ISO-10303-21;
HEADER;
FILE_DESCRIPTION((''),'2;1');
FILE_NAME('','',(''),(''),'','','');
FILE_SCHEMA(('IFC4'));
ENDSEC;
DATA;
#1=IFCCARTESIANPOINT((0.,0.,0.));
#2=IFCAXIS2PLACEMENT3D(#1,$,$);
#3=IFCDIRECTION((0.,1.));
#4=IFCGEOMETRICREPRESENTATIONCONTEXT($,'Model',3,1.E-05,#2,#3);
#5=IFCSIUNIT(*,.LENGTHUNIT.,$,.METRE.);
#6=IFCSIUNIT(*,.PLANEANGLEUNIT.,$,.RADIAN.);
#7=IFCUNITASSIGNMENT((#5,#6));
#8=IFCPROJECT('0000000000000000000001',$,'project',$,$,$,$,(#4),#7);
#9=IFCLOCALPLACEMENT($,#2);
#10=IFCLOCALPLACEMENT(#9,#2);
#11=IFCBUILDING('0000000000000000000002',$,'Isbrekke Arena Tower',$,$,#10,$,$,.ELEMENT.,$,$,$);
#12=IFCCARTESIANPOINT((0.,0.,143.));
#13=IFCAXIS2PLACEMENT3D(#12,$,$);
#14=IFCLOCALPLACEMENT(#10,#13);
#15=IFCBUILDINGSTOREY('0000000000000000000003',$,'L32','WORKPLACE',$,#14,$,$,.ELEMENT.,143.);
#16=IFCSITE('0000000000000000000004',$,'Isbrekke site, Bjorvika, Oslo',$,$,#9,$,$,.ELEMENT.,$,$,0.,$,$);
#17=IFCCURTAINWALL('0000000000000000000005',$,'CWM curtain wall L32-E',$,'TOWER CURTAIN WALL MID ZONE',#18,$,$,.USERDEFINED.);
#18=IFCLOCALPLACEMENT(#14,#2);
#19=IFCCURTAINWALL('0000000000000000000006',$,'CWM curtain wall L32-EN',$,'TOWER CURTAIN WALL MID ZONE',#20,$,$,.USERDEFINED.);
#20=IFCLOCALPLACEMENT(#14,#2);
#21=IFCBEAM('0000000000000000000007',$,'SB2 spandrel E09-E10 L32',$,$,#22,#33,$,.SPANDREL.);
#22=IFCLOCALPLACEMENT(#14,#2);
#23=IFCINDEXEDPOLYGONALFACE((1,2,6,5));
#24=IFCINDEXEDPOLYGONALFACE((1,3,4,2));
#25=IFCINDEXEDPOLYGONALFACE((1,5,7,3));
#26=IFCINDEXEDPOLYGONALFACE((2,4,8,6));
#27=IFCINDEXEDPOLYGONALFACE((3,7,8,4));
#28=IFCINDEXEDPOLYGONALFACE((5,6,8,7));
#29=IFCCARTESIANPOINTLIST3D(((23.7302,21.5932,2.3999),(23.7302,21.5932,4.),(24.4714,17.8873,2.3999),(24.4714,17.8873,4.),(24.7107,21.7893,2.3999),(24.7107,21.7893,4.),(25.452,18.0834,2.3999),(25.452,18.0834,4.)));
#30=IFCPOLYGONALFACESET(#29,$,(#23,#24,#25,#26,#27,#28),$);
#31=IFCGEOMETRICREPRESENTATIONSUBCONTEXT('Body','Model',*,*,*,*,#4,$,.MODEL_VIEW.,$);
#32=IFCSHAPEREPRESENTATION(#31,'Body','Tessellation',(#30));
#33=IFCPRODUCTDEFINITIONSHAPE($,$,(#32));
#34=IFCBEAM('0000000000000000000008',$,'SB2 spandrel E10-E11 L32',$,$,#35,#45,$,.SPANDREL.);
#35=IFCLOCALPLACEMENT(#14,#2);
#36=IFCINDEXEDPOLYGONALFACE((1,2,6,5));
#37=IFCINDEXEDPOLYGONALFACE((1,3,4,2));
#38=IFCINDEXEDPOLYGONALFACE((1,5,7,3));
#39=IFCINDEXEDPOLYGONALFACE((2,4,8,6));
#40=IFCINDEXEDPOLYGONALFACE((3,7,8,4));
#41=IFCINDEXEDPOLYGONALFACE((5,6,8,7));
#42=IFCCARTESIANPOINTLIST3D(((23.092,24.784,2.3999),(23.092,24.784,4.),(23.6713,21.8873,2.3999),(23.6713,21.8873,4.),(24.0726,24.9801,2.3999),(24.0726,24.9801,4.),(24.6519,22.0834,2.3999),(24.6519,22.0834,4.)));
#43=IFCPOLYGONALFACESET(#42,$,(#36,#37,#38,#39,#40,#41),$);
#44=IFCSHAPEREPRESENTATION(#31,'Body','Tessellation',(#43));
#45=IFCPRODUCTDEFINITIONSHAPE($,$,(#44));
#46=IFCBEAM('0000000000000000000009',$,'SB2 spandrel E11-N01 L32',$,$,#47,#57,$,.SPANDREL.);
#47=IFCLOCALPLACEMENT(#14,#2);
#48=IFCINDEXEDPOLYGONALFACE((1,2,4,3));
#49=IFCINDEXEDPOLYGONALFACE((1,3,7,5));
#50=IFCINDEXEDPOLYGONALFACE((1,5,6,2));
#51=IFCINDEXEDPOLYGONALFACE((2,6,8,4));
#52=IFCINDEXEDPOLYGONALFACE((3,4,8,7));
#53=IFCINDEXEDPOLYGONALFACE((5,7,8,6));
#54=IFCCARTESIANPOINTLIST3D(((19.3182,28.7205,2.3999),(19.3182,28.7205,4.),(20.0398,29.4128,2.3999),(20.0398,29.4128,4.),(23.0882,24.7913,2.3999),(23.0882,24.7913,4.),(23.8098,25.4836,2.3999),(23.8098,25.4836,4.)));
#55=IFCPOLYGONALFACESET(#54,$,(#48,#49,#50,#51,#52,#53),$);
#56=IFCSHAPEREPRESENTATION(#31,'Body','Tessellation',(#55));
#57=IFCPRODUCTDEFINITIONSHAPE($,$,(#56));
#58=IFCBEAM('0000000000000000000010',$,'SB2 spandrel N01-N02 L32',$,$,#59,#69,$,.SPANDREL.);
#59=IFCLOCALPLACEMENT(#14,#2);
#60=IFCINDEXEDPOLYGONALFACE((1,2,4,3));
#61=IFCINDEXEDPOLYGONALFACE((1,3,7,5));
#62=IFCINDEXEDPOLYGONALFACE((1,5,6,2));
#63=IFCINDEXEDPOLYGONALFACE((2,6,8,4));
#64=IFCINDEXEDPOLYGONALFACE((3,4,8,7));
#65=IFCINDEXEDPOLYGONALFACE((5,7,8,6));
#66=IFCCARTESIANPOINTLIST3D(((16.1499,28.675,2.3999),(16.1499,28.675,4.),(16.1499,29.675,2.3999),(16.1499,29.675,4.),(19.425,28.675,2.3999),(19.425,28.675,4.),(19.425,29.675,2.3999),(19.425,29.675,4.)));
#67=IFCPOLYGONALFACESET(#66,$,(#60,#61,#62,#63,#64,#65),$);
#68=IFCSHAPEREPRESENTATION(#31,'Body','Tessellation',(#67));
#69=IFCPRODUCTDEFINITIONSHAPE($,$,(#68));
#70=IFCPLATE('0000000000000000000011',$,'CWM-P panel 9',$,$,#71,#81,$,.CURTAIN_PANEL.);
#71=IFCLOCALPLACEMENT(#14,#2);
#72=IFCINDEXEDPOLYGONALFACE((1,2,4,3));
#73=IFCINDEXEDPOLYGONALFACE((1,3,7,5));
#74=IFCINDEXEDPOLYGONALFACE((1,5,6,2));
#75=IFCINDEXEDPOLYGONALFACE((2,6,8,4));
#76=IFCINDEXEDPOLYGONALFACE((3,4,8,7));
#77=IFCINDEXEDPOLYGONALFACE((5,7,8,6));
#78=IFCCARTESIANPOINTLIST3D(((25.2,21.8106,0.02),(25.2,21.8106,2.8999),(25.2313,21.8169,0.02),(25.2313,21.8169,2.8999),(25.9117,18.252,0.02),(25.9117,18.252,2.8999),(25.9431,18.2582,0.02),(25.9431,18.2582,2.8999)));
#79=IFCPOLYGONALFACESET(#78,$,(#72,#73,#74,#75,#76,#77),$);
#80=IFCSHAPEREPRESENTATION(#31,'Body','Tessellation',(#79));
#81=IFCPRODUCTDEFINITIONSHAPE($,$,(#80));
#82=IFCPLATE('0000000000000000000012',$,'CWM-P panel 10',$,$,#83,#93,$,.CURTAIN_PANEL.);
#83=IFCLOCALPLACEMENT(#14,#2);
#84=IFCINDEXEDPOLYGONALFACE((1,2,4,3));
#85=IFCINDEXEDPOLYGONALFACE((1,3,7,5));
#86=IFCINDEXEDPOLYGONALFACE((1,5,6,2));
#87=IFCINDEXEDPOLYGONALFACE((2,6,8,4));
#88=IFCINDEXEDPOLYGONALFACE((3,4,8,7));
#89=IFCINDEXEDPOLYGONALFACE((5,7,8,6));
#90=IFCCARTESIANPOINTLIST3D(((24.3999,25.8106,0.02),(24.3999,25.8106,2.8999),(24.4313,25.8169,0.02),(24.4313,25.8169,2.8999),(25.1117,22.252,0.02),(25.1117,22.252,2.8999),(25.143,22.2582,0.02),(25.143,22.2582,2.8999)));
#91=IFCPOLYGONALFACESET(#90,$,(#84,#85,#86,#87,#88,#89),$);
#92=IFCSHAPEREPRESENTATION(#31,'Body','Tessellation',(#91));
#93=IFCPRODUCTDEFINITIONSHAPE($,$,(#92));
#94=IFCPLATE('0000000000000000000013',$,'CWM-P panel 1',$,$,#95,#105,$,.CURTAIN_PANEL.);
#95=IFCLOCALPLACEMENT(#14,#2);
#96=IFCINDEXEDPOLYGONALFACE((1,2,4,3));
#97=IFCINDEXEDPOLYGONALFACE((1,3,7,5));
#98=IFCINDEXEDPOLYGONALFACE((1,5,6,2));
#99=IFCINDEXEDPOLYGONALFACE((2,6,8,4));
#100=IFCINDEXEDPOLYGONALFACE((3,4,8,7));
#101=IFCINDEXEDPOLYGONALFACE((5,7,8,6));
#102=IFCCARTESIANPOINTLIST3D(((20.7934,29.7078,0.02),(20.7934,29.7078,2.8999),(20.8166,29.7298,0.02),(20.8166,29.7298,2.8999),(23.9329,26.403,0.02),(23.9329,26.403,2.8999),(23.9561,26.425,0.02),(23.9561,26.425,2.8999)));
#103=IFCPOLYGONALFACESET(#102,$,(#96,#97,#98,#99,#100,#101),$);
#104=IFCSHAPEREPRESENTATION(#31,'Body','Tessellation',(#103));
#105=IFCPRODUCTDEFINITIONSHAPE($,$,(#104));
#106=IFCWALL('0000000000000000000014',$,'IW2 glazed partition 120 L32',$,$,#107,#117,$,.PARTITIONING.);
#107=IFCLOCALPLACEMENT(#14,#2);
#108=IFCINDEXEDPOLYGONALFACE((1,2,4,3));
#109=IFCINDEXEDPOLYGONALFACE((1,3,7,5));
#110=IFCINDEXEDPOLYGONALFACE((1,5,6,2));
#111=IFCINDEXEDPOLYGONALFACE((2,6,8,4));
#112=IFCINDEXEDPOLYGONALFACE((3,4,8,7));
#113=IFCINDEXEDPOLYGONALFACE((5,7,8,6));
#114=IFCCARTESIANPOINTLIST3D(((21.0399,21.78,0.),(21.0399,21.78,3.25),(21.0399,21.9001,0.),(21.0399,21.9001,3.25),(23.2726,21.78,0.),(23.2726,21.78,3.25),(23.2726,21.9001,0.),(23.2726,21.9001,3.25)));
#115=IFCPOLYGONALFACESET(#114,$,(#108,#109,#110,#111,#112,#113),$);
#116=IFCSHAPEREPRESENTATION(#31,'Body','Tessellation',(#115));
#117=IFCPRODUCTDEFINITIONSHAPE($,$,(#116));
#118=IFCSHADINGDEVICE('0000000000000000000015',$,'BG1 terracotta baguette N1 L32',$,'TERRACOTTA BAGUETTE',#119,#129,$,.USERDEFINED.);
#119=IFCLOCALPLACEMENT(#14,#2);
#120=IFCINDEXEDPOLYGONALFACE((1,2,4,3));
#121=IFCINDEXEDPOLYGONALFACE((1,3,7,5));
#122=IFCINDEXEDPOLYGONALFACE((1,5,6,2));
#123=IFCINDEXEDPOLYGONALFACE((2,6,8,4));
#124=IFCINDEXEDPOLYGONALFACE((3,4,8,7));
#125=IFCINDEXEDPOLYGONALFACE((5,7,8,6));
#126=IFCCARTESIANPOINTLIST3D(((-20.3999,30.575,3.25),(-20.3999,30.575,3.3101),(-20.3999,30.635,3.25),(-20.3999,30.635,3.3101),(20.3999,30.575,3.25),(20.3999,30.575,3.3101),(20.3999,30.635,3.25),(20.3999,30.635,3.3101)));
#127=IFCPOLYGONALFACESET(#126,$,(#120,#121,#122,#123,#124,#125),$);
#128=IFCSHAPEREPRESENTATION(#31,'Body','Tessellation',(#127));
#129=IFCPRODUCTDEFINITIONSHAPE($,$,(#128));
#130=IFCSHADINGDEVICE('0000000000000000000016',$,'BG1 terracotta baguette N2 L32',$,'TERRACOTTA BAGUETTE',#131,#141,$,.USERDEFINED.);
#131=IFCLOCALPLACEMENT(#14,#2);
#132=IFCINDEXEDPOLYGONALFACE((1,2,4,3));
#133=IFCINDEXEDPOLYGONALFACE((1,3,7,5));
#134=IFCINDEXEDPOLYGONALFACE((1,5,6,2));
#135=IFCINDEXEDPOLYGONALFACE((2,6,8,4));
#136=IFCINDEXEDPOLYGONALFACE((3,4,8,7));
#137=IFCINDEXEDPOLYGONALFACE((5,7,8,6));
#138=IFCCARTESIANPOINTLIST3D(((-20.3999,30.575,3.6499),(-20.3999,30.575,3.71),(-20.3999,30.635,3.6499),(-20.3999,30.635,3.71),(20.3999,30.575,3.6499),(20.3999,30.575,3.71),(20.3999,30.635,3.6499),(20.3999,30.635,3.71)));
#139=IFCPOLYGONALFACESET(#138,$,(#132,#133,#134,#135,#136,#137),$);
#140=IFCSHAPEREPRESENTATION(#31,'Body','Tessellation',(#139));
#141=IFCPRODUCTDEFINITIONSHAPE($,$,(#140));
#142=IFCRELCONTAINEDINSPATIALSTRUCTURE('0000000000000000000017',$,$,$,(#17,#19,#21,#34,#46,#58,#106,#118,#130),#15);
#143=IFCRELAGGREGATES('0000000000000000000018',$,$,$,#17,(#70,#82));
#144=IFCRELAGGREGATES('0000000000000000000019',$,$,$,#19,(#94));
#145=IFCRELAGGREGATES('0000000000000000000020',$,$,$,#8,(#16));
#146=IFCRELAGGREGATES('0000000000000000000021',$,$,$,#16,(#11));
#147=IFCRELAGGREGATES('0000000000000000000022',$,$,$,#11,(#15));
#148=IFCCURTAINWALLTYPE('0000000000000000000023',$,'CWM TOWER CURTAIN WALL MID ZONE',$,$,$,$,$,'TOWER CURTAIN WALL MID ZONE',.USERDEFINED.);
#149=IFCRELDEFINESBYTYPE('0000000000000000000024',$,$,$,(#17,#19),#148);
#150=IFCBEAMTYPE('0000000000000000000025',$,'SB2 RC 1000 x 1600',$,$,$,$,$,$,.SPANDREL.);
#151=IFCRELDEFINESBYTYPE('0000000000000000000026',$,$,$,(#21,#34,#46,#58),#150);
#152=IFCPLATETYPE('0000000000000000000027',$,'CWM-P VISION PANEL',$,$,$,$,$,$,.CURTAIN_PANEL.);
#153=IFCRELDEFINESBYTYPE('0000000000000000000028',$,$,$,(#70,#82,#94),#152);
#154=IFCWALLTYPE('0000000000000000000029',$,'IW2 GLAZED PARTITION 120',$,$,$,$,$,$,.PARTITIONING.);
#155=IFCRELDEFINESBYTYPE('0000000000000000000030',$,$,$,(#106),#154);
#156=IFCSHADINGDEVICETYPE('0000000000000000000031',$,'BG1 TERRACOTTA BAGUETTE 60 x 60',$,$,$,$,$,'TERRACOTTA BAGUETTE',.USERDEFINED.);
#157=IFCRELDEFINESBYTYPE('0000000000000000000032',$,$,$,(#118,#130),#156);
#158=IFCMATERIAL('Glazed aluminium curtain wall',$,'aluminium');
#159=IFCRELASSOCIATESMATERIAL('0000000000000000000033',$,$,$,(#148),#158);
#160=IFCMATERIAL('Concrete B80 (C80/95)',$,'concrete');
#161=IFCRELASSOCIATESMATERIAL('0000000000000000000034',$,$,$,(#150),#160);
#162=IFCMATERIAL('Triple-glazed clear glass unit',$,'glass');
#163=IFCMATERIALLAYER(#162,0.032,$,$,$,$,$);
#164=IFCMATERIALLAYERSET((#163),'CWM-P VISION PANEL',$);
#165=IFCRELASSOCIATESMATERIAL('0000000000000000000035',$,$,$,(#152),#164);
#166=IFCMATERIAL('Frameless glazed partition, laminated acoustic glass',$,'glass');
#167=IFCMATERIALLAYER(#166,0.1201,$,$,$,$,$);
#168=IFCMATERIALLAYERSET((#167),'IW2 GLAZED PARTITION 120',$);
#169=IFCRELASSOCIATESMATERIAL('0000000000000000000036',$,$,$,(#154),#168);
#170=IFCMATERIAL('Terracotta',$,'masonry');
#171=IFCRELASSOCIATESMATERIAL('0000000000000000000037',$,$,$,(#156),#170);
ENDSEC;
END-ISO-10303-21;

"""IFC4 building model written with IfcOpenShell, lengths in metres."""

from ifc_helpers import new_model, si_unit, direction, frame, frame_2d, origin, origin_2d, place, context, subcontext, project, spatial, rectangle, extrude, material, layer, layer_set, material_profile, profile_set, type_object, element, aggregate, save


model = new_model("IFC4")

# Units and contexts
model_context = context("Model", 3, precision=1e-05, world=origin(), true_north=direction((0.0, 1.0)))
body_context = subcontext(model_context, "Body", "Model", "MODEL_VIEW")
ifc_project = project(units=[si_unit("LENGTHUNIT", "METRE"), si_unit("PLANEANGLEUNIT", "RADIAN")], contexts=[model_context])

# Site, building, storey
site_placement = place(None, origin())
site = spatial("IfcSite", under=ifc_project, at=site_placement, Name="Isbrekke site, Bjorvika, Oslo", CompositionType="ELEMENT", RefElevation=0.0)
building_placement = place(site_placement, origin())
building = spatial("IfcBuilding", under=site, at=building_placement, Name="Isbrekke Arena Tower", CompositionType="ELEMENT")
storey_placement = place(building_placement, frame((0.0, 0.0, 143.0)))
storey = spatial("IfcBuildingStorey", under=building, at=storey_placement, Name="L32", Description="WORKPLACE", CompositionType="ELEMENT", Elevation=143.0)

# Curtain walls
ifc_material_1 = material(Name="Glazed aluminium curtain wall", Category="aluminium")
curtain_wall_type = type_object("IfcCurtainWallType", Name="CWM TOWER CURTAIN WALL MID ZONE", ElementType="TOWER CURTAIN WALL MID ZONE", PredefinedType="USERDEFINED", material=ifc_material_1)
curtain_wall_1_placement = place(storey_placement, origin())
curtain_wall_1 = element("IfcCurtainWall", 1, at=curtain_wall_1_placement, inside=storey, type_object=curtain_wall_type, Name="CWM curtain wall L32-E", ObjectType="TOWER CURTAIN WALL MID ZONE", PredefinedType="USERDEFINED")
curtain_wall_2_placement = place(storey_placement, origin())
curtain_wall_2 = element("IfcCurtainWall", 2, at=curtain_wall_2_placement, inside=storey, type_object=curtain_wall_type, Name="CWM curtain wall L32-EN", ObjectType="TOWER CURTAIN WALL MID ZONE", PredefinedType="USERDEFINED")

# Beams
ifc_material_2 = material(Name="Concrete B80 (C80/95)", Category="concrete")
ifc_material_profile_1 = material_profile(ifc_material_2, rectangle(XDim=1.0, YDim=1.6001, at=origin_2d()), Name="RC 1000x1600")
ifc_profile_set_1 = profile_set([ifc_material_profile_1], Name="Concrete B80 (C80/95)")
beam_type_1 = type_object("IfcBeamType", Name="SB2 RC 1000 x 1600", PredefinedType="SPANDREL", material=ifc_profile_set_1)
beam_1_placement = place(storey_placement, frame((24.9617, 17.9854, 3.2), z_axis=(-0.196129, 0.980578, 0.0), x_axis=(-0.980578, -0.196129, 0.0)))
element("IfcBeam", 3, at=beam_1_placement, inside=storey, type_object=beam_type_1, Name="SB2 spandrel E09-E10 L32", PredefinedType="SPANDREL", context=body_context, shape_type="SweptSolid", body=[
    extrude(rectangle(XDim=1.0, YDim=1.6001, at=origin_2d()), origin(), (0.0, 0.0, 1.0), 3.7793),
])
beam_2_placement = place(storey_placement, frame((24.1616, 21.9854, 3.2), z_axis=(-0.196116, 0.980581, 0.0), x_axis=(-0.980581, -0.196116, 0.0)))
element("IfcBeam", 4, at=beam_2_placement, inside=storey, type_object=beam_type_1, Name="SB2 spandrel E10-E11 L32", PredefinedType="SPANDREL", context=body_context, shape_type="SweptSolid", body=[
    extrude(rectangle(XDim=1.0, YDim=1.6001, at=origin_2d()), origin(), (0.0, 0.0, 1.0), 2.9541),
])
beam_3_placement = place(storey_placement, frame((23.449, 25.1375, 3.2), z_axis=(-0.69234, 0.721572, 0.0), x_axis=(-0.721572, -0.69234, 0.0)))
element("IfcBeam", 5, at=beam_3_placement, inside=storey, type_object=beam_type_1, Name="SB2 spandrel E11-N01 L32", PredefinedType="SPANDREL", context=body_context, shape_type="SweptSolid", body=[
    extrude(rectangle(XDim=1.0, YDim=1.6001, at=origin_2d()), origin(), (0.0, 0.0, 1.0), 5.4453),
])
beam_4_placement = place(storey_placement, frame((19.425, 29.175, 3.2), z_axis=(-1.0, 0.0, 0.0), x_axis=(0.0, -1.0, 0.0)))
element("IfcBeam", 6, at=beam_4_placement, inside=storey, type_object=beam_type_1, Name="SB2 spandrel N01-N02 L32", PredefinedType="SPANDREL", context=body_context, shape_type="SweptSolid", body=[
    extrude(rectangle(XDim=1.0, YDim=1.6001, at=origin_2d()), origin(), (0.0, 0.0, 1.0), 3.2751),
])

# Plates
ifc_material_3 = material(Name="Triple-glazed clear glass unit", Category="glass")
ifc_layer_1 = layer(ifc_material_3, 0.032)
ifc_layer_set_1 = layer_set([ifc_layer_1], Name="CWM-P VISION PANEL")
plate_type = type_object("IfcPlateType", Name="CWM-P VISION PANEL", PredefinedType="CURTAIN_PANEL", material=ifc_layer_set_1)
plate_1_placement = place(storey_placement, frame((25.5715, 20.0344, 0.02), z_axis=(0.0, 0.0, 1.0), x_axis=(-0.196116, 0.980581, 0.0)))
plate_1 = element("IfcPlate", 7, at=plate_1_placement, type_object=plate_type, Name="CWM-P panel 9", PredefinedType="CURTAIN_PANEL", context=body_context, shape_type="SweptSolid", body=[
    extrude(rectangle(XDim=3.6292, YDim=0.032, at=origin_2d()), origin(), (0.0, 0.0, 1.0), 2.8799),
])
plate_2_placement = place(storey_placement, frame((24.7715, 24.0344, 0.02), z_axis=(0.0, 0.0, 1.0), x_axis=(-0.196116, 0.980581, 0.0)))
plate_2 = element("IfcPlate", 8, at=plate_2_placement, type_object=plate_type, Name="CWM-P panel 10", PredefinedType="CURTAIN_PANEL", context=body_context, shape_type="SweptSolid", body=[
    extrude(rectangle(XDim=3.6292, YDim=0.032, at=origin_2d()), origin(), (0.0, 0.0, 1.0), 2.8799),
])
aggregate(curtain_wall_1, [plate_1, plate_2])
plate_3_placement = place(storey_placement, frame((22.3748, 28.0664, 0.02), z_axis=(0.0, 0.0, 1.0), x_axis=(-0.688749, 0.724999, 0.0)))
plate_3 = element("IfcPlate", 9, at=plate_3_placement, type_object=plate_type, Name="CWM-P panel 1", PredefinedType="CURTAIN_PANEL", context=body_context, shape_type="SweptSolid", body=[
    extrude(rectangle(XDim=4.5583, YDim=0.032, at=origin_2d()), origin(), (0.0, 0.0, 1.0), 2.8799),
])
aggregate(curtain_wall_2, [plate_3])

# Wall
ifc_material_4 = material(Name="Frameless glazed partition, laminated acoustic glass", Category="glass")
ifc_layer_2 = layer(ifc_material_4, 0.1201)
ifc_layer_set_2 = layer_set([ifc_layer_2], Name="IW2 GLAZED PARTITION 120")
wall_type = type_object("IfcWallType", Name="IW2 GLAZED PARTITION 120", PredefinedType="PARTITIONING", material=ifc_layer_set_2)
wall_placement = place(storey_placement, frame((21.04, 21.8401, 0.0), z_axis=(0.0, 0.0, 1.0), x_axis=(1.0, 0.0, 0.0)))
element("IfcWall", 10, at=wall_placement, inside=storey, type_object=wall_type, Name="IW2 glazed partition 120 L32", PredefinedType="PARTITIONING", context=body_context, shape_type="SweptSolid", body=[
    extrude(rectangle(XDim=2.2327, YDim=0.1201, at=frame_2d((1.1162, 0.0))), origin(), (0.0, 0.0, 1.0), 3.25),
])

# Shading devices
ifc_material_5 = material(Name="Terracotta", Category="masonry")
ifc_material_profile_2 = material_profile(ifc_material_5, rectangle(XDim=0.0601, YDim=0.0601, at=origin_2d()), Name="BAGUETTE 60X60")
ifc_profile_set_2 = profile_set([ifc_material_profile_2], Name="Terracotta")
shading_device_type = type_object("IfcShadingDeviceType", Name="BG1 TERRACOTTA BAGUETTE 60 x 60", ElementType="TERRACOTTA BAGUETTE", PredefinedType="USERDEFINED", material=ifc_profile_set_2)
for number, where, z_axis, x_axis, name in (
    (11, (20.3999, 30.605, 3.28), (-1.0, 0.0, 0.0), (0.0, -1.0, 0.0), "BG1 terracotta baguette N1 L32"),
    (12, (20.3999, 30.605, 3.6799), (-1.0, 0.0, 0.0), (0.0, -1.0, 0.0), "BG1 terracotta baguette N2 L32"),
):
    element("IfcShadingDevice", number, at=place(storey_placement, frame(where, z_axis=z_axis, x_axis=x_axis)), inside=storey, type_object=shading_device_type, Name=name, ObjectType="TERRACOTTA BAGUETTE", PredefinedType="USERDEFINED", context=body_context, shape_type="SweptSolid", body=[
        extrude(rectangle(XDim=0.0601, YDim=0.0601, at=origin_2d()), origin(), (0.0, 0.0, 1.0), 40.7998),
    ])

save(model, "model.ifc")
